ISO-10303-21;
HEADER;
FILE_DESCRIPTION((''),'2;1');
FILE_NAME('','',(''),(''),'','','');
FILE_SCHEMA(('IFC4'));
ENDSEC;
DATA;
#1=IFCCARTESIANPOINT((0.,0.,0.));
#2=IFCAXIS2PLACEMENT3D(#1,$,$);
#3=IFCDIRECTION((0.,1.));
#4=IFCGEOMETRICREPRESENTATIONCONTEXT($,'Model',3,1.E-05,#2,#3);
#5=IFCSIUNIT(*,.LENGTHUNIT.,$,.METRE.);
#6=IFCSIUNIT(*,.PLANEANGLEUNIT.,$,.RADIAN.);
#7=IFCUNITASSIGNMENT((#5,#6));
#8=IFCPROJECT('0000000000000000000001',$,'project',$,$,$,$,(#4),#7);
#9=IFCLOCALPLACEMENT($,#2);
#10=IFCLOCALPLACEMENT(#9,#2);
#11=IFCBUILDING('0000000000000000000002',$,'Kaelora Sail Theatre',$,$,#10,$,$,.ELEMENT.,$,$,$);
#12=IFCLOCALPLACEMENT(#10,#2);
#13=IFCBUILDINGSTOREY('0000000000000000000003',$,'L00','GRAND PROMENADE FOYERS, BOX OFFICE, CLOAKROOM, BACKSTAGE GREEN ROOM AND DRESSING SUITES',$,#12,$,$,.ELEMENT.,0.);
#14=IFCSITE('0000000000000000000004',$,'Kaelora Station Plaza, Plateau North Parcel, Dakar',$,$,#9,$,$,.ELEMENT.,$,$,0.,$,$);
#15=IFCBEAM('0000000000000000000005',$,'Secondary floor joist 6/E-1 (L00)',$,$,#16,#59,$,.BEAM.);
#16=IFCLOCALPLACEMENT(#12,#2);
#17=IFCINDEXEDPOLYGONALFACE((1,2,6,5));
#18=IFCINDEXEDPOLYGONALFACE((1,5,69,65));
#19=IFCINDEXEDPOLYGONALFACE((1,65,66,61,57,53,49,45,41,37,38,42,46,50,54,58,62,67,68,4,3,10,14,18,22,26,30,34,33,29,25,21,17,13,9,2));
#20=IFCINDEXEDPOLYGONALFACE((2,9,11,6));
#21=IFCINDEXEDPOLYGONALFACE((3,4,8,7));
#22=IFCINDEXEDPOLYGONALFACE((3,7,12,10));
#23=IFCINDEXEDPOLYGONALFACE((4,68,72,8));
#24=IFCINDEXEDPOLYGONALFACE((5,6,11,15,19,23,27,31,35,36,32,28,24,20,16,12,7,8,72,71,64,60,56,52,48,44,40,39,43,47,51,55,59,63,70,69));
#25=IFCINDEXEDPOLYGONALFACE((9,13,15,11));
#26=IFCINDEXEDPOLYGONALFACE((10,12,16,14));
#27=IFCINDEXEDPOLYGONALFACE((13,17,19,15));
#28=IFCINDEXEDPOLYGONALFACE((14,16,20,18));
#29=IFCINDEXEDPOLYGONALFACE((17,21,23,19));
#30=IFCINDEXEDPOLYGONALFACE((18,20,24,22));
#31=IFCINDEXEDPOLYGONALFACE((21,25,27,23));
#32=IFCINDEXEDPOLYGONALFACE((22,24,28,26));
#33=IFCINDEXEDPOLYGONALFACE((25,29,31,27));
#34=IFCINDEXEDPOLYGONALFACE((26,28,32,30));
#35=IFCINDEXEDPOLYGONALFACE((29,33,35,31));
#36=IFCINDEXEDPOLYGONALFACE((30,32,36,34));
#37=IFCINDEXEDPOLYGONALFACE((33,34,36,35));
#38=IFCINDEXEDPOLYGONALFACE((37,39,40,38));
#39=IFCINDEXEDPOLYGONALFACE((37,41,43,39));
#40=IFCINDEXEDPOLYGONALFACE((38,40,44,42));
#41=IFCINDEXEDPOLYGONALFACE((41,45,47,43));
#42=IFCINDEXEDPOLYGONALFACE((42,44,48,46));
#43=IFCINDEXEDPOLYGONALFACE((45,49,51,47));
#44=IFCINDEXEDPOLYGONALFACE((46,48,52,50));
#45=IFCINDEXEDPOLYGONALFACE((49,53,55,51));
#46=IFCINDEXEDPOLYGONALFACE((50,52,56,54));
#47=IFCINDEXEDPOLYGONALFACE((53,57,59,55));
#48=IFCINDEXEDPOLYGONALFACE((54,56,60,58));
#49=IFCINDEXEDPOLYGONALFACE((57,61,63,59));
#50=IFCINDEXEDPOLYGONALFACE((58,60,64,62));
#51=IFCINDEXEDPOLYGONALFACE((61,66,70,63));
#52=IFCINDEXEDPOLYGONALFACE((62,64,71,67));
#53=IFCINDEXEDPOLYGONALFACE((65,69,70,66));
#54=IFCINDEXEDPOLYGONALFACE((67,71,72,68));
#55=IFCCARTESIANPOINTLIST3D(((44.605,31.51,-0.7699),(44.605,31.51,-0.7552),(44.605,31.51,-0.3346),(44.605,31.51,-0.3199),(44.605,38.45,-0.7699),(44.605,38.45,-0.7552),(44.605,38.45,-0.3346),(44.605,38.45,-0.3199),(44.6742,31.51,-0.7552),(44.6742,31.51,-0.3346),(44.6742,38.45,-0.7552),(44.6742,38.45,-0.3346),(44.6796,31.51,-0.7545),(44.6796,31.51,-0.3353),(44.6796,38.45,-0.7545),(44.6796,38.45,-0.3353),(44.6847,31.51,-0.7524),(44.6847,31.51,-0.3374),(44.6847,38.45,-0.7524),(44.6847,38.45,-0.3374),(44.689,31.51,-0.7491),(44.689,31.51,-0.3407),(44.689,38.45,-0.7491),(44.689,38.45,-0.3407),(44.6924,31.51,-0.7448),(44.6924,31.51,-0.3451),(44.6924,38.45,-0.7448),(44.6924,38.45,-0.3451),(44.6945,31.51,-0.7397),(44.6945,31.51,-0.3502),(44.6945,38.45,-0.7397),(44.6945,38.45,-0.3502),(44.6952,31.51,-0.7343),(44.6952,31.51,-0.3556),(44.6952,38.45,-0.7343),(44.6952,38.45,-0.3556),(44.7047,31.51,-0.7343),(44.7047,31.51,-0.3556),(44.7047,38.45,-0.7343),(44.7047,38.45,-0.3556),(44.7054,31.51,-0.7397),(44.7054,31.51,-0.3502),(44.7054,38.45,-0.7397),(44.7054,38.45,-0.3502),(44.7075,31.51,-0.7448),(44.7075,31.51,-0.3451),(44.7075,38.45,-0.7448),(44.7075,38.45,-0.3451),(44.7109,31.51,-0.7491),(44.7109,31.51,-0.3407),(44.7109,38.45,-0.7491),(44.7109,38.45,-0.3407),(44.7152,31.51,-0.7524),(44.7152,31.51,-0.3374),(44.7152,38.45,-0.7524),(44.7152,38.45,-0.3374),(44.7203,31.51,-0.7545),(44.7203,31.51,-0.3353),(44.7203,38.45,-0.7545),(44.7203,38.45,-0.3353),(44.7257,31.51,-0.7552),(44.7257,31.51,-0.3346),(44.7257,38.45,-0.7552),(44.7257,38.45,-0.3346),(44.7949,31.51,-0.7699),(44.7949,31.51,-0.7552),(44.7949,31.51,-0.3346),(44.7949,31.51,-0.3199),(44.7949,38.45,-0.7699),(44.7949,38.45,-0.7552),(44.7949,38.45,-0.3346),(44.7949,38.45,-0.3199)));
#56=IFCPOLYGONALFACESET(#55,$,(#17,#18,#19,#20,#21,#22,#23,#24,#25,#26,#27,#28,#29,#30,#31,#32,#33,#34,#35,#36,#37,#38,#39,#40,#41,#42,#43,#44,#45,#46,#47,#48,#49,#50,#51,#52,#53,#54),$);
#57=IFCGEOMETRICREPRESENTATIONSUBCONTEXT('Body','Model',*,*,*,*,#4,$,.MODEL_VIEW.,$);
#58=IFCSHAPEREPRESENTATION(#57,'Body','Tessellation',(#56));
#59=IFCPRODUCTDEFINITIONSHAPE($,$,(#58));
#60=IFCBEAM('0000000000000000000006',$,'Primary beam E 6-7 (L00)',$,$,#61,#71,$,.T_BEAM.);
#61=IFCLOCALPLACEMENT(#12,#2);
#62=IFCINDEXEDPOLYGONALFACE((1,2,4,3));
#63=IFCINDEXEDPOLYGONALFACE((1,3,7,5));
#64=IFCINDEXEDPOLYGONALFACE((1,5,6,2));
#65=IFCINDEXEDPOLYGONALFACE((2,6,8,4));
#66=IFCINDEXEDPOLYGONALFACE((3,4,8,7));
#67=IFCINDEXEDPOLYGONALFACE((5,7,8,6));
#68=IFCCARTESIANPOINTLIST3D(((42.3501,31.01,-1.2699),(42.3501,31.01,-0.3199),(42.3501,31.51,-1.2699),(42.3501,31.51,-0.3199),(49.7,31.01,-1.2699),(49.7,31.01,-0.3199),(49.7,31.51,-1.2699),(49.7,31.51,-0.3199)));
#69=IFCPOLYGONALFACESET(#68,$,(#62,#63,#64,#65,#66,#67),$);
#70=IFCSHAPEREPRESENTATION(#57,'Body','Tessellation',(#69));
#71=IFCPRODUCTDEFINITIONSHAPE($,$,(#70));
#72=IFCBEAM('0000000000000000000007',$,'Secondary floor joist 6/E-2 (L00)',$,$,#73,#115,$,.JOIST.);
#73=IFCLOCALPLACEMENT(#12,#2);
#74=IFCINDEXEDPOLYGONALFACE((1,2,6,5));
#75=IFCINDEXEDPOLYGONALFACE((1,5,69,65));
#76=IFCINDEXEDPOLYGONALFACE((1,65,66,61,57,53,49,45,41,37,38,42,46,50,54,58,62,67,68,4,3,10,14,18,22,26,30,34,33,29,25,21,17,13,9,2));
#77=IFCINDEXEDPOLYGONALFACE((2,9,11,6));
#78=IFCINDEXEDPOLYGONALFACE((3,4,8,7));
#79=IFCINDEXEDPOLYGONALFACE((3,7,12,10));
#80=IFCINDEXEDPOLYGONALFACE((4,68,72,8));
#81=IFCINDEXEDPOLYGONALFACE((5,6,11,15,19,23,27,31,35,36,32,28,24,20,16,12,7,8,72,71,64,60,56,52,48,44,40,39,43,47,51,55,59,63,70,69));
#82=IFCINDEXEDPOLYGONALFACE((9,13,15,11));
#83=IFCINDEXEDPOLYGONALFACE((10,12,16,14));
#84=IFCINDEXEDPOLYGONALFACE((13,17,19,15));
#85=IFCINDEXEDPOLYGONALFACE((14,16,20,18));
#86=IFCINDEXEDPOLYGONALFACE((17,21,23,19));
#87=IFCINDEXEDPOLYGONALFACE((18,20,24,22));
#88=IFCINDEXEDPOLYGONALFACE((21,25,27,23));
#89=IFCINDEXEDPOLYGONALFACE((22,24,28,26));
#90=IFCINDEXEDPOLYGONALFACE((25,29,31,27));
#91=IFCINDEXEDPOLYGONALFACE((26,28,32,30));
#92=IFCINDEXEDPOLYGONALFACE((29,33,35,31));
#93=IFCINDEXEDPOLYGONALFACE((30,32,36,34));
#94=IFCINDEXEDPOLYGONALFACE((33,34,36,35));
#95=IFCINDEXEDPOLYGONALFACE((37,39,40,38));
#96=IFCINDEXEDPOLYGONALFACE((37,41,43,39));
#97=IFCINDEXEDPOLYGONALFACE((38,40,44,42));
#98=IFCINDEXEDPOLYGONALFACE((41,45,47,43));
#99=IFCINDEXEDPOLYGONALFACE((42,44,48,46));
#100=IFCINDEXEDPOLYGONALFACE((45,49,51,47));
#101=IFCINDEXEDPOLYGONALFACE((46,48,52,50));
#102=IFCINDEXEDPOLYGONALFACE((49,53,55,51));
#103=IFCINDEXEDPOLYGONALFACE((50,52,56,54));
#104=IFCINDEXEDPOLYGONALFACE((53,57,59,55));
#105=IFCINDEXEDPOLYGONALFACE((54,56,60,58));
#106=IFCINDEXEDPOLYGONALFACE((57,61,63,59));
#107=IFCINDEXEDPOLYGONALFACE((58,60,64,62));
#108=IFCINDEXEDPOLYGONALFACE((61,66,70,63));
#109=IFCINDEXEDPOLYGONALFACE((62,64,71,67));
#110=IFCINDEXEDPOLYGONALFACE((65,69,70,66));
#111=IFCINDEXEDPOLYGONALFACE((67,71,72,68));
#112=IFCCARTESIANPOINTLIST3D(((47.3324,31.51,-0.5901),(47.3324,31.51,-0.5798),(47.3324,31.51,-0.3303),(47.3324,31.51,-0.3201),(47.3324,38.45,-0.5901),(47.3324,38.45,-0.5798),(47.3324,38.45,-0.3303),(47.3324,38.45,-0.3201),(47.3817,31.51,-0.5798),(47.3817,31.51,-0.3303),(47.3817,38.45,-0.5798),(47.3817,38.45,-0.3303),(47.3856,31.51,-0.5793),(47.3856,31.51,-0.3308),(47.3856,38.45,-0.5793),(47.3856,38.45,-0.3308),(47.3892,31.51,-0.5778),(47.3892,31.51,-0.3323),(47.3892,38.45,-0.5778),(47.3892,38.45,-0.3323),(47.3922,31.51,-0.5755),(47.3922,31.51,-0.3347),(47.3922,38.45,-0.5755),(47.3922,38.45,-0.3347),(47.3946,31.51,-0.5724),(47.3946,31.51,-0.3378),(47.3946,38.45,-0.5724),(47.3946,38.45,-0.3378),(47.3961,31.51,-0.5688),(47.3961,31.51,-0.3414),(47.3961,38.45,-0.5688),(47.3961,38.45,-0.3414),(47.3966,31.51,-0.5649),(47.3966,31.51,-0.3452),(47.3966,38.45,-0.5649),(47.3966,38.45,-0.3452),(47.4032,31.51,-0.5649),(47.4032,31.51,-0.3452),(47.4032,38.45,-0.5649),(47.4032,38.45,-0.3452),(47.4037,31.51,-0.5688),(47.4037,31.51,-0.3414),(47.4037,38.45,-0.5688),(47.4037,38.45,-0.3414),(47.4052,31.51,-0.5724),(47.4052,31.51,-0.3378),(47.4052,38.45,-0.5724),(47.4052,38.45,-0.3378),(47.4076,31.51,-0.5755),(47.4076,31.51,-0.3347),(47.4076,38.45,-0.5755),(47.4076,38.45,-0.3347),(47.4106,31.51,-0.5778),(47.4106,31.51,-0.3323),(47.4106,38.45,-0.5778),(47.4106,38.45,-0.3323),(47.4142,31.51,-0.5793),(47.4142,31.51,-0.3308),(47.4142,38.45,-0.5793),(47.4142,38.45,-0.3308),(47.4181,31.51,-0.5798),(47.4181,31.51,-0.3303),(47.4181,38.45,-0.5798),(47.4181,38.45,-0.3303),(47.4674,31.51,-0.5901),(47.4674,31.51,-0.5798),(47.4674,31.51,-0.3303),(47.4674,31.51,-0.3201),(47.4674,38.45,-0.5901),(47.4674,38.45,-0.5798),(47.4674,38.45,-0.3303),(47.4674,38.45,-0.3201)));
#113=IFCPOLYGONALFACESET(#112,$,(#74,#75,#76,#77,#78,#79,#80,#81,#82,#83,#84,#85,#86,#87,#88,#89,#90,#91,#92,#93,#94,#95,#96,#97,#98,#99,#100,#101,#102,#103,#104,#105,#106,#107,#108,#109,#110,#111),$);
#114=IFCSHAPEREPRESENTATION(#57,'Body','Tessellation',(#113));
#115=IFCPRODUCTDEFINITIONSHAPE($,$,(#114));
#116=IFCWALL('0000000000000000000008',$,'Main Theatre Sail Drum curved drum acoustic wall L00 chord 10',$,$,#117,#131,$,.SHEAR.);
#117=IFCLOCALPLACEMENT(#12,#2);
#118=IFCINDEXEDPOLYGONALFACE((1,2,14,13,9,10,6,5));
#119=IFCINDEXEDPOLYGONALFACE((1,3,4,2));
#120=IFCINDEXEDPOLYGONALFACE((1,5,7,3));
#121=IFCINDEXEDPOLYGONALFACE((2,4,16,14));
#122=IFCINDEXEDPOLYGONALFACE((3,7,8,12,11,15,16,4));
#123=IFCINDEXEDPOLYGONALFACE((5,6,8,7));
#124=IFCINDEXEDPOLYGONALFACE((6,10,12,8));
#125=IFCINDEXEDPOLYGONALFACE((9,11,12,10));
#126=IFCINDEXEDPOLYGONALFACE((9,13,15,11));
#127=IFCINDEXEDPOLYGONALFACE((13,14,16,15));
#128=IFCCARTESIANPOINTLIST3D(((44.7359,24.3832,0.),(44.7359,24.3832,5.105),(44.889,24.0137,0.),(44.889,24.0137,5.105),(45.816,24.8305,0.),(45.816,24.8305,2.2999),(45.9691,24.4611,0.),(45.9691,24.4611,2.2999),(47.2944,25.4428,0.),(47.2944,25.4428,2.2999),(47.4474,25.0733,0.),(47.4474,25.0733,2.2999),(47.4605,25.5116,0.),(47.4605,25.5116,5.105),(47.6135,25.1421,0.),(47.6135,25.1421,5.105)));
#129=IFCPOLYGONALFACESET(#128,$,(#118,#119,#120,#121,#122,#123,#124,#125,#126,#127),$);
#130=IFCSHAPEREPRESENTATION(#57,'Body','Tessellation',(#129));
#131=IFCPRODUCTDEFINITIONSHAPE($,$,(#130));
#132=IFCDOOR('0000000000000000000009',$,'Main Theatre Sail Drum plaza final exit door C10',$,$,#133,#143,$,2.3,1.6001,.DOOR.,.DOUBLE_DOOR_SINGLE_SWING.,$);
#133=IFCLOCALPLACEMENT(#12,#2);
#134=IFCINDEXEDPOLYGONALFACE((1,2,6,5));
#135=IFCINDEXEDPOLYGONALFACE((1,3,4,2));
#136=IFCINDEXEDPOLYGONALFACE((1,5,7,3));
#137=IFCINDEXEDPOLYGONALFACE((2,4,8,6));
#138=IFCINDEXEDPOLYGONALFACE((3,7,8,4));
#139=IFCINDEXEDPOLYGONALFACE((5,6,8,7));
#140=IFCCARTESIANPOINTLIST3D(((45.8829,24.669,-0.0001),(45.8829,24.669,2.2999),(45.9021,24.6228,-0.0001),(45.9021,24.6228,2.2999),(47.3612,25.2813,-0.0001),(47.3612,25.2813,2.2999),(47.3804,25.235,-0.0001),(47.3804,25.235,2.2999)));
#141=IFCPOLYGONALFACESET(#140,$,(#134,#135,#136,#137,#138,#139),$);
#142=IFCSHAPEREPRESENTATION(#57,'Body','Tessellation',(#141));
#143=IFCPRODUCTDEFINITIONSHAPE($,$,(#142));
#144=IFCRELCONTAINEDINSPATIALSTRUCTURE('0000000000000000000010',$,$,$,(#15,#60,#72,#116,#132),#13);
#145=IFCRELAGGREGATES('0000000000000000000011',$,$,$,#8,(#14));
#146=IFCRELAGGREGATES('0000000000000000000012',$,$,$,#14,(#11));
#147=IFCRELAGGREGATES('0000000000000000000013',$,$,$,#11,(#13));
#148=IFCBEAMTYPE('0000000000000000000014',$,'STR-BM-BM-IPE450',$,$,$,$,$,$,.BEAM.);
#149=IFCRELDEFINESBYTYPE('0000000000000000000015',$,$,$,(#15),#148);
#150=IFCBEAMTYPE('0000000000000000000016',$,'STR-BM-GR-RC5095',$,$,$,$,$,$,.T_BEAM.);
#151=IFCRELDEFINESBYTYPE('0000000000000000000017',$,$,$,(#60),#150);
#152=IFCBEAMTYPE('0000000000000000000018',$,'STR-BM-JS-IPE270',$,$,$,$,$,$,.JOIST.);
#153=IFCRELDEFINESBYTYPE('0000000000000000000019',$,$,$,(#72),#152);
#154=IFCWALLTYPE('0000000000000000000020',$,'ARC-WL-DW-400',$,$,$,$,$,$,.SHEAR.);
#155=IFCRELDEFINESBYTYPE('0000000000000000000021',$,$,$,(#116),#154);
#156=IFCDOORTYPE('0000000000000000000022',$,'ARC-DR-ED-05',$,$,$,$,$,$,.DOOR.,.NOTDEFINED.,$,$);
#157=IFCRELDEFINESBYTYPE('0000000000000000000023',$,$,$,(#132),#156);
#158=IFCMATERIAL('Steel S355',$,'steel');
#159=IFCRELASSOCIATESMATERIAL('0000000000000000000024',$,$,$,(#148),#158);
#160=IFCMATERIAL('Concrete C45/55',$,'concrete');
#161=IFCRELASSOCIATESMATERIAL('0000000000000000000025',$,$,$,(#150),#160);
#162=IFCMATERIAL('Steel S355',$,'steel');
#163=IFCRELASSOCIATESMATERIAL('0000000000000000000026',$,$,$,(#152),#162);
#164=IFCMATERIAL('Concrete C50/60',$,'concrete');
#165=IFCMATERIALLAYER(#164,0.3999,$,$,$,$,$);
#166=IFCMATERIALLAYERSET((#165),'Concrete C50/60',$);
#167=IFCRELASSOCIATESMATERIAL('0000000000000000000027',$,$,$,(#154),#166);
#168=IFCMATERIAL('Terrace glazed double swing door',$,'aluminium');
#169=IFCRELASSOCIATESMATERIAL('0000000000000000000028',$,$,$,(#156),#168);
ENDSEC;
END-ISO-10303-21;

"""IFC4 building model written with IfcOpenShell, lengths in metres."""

from ifc_helpers import new_model, si_unit, direction, frame, frame_2d, origin, origin_2d, place, context, subcontext, project, spatial, rectangle, i_section, extrude, material, layer, layer_set, material_profile, profile_set, type_object, element, fill, save


model = new_model("IFC4")

# Units and contexts
model_context = context("Model", 3, precision=1e-05, world=origin(), true_north=direction((0.0, 1.0)))
body_context = subcontext(model_context, "Body", "Model", "MODEL_VIEW")
ifc_project = project(units=[si_unit("LENGTHUNIT", "METRE"), si_unit("PLANEANGLEUNIT", "RADIAN")], contexts=[model_context])

# Site, building, storey
site_placement = place(None, origin())
site = spatial("IfcSite", under=ifc_project, at=site_placement, Name="Kaelora Station Plaza, Plateau North Parcel, Dakar", CompositionType="ELEMENT", RefElevation=0.0)
building_placement = place(site_placement, origin())
building = spatial("IfcBuilding", under=site, at=building_placement, Name="Kaelora Sail Theatre", CompositionType="ELEMENT")
storey_placement = place(building_placement, origin())
storey = spatial("IfcBuildingStorey", under=building, at=storey_placement, Name="L00", Description="GRAND PROMENADE FOYERS, BOX OFFICE, CLOAKROOM, BACKSTAGE GREEN ROOM AND DRESSING SUITES", CompositionType="ELEMENT", Elevation=0.0)

# Beams
ifc_material_1 = material(Name="Steel S355", Category="steel")
ifc_material_profile_1 = material_profile(ifc_material_1, i_section(OverallWidth=0.1899, OverallDepth=0.45, WebThickness=0.0095, FlangeThickness=0.0146, FilletRadius=0.021, at=origin_2d()), Name="IPE 450")
ifc_profile_set_1 = profile_set([ifc_material_profile_1], Name="Steel S355")
beam_type_1 = type_object("IfcBeamType", Name="STR-BM-BM-IPE450", PredefinedType="BEAM", material=ifc_profile_set_1)
beam_1_placement = place(storey_placement, frame((44.7, 31.51, -0.5449), z_axis=(0.0, 1.0, 0.0), x_axis=(-1.0, 0.0, 0.0)))
element("IfcBeam", 1, at=beam_1_placement, inside=storey, type_object=beam_type_1, Name="Secondary floor joist 6/E-1 (L00)", PredefinedType="BEAM", context=body_context, shape_type="SweptSolid", body=[
    extrude(i_section(OverallWidth=0.1899, OverallDepth=0.45, WebThickness=0.0095, FlangeThickness=0.0146, FilletRadius=0.021, at=origin_2d()), origin(), (0.0, 0.0, 1.0), 6.9399),
])
ifc_material_2 = material(Name="Concrete C45/55", Category="concrete")
ifc_material_profile_2 = material_profile(ifc_material_2, rectangle(XDim=0.5, YDim=0.95, at=origin_2d()), Name="RC-GRD 500x950")
ifc_profile_set_2 = profile_set([ifc_material_profile_2], Name="Concrete C45/55")
beam_type_2 = type_object("IfcBeamType", Name="STR-BM-GR-RC5095", PredefinedType="T_BEAM", material=ifc_profile_set_2)
beam_2_placement = place(storey_placement, frame((42.3501, 31.26, -0.7949), z_axis=(1.0, 0.0, 0.0), x_axis=(0.0, 1.0, 0.0)))
element("IfcBeam", 2, at=beam_2_placement, inside=storey, type_object=beam_type_2, Name="Primary beam E 6-7 (L00)", PredefinedType="T_BEAM", context=body_context, shape_type="SweptSolid", body=[
    extrude(rectangle(XDim=0.5, YDim=0.95, at=origin_2d()), origin(), (0.0, 0.0, 1.0), 7.3499),
])
ifc_material_3 = material(Name="Steel S355", Category="steel")
ifc_material_profile_3 = material_profile(ifc_material_3, i_section(OverallWidth=0.135, OverallDepth=0.27, WebThickness=0.0066, FlangeThickness=0.0103, FilletRadius=0.0149, at=origin_2d()), Name="IPE 270")
ifc_profile_set_3 = profile_set([ifc_material_profile_3], Name="Steel S355")
beam_type_3 = type_object("IfcBeamType", Name="STR-BM-JS-IPE270", PredefinedType="JOIST", material=ifc_profile_set_3)
beam_3_placement = place(storey_placement, frame((47.3999, 31.51, -0.4551), z_axis=(0.0, 1.0, 0.0), x_axis=(-1.0, 0.0, 0.0)))
element("IfcBeam", 3, at=beam_3_placement, inside=storey, type_object=beam_type_3, Name="Secondary floor joist 6/E-2 (L00)", PredefinedType="JOIST", context=body_context, shape_type="SweptSolid", body=[
    extrude(i_section(OverallWidth=0.135, OverallDepth=0.27, WebThickness=0.0066, FlangeThickness=0.0103, FilletRadius=0.0149, at=origin_2d()), origin(), (0.0, 0.0, 1.0), 6.9399),
])

# Wall, opening, door
ifc_material_4 = material(Name="Concrete C50/60", Category="concrete")
ifc_layer = layer(ifc_material_4, 0.3999)
ifc_layer_set = layer_set([ifc_layer], Name="Concrete C50/60")
wall_type = type_object("IfcWallType", Name="ARC-WL-DW-400", PredefinedType="SHEAR", material=ifc_layer_set)
wall_placement = place(storey_placement, frame((47.5371, 25.3269, 0.0), z_axis=(0.0, 0.0, 1.0), x_axis=(-0.923898, -0.382639, 0.0)))
wall = element("IfcWall", 4, at=wall_placement, inside=storey, type_object=wall_type, Name="Main Theatre Sail Drum curved drum acoustic wall L00 chord 10", PredefinedType="SHEAR", context=body_context, shape_type="SweptSolid", body=[
    extrude(rectangle(XDim=2.949, YDim=0.3999, at=frame_2d((1.4746, 0.0))), origin(), (0.0, 0.0, 1.0), 5.105),
])
opening_placement = place(wall_placement, frame((0.1799, 0.0, 0.0)))
opening = element("IfcOpeningElement", 5, at=opening_placement, cuts=wall, PredefinedType="OPENING", context=body_context, shape_type="SweptSolid", body=[
    extrude(rectangle(XDim=1.6001, YDim=2.3, at=frame_2d((0.8, 1.1499))), frame((0.0, 0.21, 0.0), z_axis=(0.0, -1.0, 0.0), x_axis=(1.0, 0.0, 0.0)), (0.0, 0.0, 1.0), 0.4199),
])
ifc_material_5 = material(Name="Terrace glazed double swing door", Category="aluminium")
door_type = type_object("IfcDoorType", Name="ARC-DR-ED-05", OperationType="NOTDEFINED", PredefinedType="DOOR", material=ifc_material_5)
door_placement = place(opening_placement, origin())
door = element("IfcDoor", 6, at=door_placement, inside=storey, type_object=door_type, Name="Main Theatre Sail Drum plaza final exit door C10", OperationType="DOUBLE_DOOR_SINGLE_SWING", OverallHeight=2.3, OverallWidth=1.6001, PredefinedType="DOOR", context=body_context, shape_type="SweptSolid", body=[
    extrude(rectangle(XDim=1.6001, YDim=2.3, at=frame_2d((0.8, 1.1499))), frame((0.0, 0.0249, 0.0), z_axis=(0.0, -1.0, 0.0), x_axis=(1.0, 0.0, 0.0)), (0.0, 0.0, 1.0), 0.05),
])
fill(opening, door)

save(model, "model.ifc")
